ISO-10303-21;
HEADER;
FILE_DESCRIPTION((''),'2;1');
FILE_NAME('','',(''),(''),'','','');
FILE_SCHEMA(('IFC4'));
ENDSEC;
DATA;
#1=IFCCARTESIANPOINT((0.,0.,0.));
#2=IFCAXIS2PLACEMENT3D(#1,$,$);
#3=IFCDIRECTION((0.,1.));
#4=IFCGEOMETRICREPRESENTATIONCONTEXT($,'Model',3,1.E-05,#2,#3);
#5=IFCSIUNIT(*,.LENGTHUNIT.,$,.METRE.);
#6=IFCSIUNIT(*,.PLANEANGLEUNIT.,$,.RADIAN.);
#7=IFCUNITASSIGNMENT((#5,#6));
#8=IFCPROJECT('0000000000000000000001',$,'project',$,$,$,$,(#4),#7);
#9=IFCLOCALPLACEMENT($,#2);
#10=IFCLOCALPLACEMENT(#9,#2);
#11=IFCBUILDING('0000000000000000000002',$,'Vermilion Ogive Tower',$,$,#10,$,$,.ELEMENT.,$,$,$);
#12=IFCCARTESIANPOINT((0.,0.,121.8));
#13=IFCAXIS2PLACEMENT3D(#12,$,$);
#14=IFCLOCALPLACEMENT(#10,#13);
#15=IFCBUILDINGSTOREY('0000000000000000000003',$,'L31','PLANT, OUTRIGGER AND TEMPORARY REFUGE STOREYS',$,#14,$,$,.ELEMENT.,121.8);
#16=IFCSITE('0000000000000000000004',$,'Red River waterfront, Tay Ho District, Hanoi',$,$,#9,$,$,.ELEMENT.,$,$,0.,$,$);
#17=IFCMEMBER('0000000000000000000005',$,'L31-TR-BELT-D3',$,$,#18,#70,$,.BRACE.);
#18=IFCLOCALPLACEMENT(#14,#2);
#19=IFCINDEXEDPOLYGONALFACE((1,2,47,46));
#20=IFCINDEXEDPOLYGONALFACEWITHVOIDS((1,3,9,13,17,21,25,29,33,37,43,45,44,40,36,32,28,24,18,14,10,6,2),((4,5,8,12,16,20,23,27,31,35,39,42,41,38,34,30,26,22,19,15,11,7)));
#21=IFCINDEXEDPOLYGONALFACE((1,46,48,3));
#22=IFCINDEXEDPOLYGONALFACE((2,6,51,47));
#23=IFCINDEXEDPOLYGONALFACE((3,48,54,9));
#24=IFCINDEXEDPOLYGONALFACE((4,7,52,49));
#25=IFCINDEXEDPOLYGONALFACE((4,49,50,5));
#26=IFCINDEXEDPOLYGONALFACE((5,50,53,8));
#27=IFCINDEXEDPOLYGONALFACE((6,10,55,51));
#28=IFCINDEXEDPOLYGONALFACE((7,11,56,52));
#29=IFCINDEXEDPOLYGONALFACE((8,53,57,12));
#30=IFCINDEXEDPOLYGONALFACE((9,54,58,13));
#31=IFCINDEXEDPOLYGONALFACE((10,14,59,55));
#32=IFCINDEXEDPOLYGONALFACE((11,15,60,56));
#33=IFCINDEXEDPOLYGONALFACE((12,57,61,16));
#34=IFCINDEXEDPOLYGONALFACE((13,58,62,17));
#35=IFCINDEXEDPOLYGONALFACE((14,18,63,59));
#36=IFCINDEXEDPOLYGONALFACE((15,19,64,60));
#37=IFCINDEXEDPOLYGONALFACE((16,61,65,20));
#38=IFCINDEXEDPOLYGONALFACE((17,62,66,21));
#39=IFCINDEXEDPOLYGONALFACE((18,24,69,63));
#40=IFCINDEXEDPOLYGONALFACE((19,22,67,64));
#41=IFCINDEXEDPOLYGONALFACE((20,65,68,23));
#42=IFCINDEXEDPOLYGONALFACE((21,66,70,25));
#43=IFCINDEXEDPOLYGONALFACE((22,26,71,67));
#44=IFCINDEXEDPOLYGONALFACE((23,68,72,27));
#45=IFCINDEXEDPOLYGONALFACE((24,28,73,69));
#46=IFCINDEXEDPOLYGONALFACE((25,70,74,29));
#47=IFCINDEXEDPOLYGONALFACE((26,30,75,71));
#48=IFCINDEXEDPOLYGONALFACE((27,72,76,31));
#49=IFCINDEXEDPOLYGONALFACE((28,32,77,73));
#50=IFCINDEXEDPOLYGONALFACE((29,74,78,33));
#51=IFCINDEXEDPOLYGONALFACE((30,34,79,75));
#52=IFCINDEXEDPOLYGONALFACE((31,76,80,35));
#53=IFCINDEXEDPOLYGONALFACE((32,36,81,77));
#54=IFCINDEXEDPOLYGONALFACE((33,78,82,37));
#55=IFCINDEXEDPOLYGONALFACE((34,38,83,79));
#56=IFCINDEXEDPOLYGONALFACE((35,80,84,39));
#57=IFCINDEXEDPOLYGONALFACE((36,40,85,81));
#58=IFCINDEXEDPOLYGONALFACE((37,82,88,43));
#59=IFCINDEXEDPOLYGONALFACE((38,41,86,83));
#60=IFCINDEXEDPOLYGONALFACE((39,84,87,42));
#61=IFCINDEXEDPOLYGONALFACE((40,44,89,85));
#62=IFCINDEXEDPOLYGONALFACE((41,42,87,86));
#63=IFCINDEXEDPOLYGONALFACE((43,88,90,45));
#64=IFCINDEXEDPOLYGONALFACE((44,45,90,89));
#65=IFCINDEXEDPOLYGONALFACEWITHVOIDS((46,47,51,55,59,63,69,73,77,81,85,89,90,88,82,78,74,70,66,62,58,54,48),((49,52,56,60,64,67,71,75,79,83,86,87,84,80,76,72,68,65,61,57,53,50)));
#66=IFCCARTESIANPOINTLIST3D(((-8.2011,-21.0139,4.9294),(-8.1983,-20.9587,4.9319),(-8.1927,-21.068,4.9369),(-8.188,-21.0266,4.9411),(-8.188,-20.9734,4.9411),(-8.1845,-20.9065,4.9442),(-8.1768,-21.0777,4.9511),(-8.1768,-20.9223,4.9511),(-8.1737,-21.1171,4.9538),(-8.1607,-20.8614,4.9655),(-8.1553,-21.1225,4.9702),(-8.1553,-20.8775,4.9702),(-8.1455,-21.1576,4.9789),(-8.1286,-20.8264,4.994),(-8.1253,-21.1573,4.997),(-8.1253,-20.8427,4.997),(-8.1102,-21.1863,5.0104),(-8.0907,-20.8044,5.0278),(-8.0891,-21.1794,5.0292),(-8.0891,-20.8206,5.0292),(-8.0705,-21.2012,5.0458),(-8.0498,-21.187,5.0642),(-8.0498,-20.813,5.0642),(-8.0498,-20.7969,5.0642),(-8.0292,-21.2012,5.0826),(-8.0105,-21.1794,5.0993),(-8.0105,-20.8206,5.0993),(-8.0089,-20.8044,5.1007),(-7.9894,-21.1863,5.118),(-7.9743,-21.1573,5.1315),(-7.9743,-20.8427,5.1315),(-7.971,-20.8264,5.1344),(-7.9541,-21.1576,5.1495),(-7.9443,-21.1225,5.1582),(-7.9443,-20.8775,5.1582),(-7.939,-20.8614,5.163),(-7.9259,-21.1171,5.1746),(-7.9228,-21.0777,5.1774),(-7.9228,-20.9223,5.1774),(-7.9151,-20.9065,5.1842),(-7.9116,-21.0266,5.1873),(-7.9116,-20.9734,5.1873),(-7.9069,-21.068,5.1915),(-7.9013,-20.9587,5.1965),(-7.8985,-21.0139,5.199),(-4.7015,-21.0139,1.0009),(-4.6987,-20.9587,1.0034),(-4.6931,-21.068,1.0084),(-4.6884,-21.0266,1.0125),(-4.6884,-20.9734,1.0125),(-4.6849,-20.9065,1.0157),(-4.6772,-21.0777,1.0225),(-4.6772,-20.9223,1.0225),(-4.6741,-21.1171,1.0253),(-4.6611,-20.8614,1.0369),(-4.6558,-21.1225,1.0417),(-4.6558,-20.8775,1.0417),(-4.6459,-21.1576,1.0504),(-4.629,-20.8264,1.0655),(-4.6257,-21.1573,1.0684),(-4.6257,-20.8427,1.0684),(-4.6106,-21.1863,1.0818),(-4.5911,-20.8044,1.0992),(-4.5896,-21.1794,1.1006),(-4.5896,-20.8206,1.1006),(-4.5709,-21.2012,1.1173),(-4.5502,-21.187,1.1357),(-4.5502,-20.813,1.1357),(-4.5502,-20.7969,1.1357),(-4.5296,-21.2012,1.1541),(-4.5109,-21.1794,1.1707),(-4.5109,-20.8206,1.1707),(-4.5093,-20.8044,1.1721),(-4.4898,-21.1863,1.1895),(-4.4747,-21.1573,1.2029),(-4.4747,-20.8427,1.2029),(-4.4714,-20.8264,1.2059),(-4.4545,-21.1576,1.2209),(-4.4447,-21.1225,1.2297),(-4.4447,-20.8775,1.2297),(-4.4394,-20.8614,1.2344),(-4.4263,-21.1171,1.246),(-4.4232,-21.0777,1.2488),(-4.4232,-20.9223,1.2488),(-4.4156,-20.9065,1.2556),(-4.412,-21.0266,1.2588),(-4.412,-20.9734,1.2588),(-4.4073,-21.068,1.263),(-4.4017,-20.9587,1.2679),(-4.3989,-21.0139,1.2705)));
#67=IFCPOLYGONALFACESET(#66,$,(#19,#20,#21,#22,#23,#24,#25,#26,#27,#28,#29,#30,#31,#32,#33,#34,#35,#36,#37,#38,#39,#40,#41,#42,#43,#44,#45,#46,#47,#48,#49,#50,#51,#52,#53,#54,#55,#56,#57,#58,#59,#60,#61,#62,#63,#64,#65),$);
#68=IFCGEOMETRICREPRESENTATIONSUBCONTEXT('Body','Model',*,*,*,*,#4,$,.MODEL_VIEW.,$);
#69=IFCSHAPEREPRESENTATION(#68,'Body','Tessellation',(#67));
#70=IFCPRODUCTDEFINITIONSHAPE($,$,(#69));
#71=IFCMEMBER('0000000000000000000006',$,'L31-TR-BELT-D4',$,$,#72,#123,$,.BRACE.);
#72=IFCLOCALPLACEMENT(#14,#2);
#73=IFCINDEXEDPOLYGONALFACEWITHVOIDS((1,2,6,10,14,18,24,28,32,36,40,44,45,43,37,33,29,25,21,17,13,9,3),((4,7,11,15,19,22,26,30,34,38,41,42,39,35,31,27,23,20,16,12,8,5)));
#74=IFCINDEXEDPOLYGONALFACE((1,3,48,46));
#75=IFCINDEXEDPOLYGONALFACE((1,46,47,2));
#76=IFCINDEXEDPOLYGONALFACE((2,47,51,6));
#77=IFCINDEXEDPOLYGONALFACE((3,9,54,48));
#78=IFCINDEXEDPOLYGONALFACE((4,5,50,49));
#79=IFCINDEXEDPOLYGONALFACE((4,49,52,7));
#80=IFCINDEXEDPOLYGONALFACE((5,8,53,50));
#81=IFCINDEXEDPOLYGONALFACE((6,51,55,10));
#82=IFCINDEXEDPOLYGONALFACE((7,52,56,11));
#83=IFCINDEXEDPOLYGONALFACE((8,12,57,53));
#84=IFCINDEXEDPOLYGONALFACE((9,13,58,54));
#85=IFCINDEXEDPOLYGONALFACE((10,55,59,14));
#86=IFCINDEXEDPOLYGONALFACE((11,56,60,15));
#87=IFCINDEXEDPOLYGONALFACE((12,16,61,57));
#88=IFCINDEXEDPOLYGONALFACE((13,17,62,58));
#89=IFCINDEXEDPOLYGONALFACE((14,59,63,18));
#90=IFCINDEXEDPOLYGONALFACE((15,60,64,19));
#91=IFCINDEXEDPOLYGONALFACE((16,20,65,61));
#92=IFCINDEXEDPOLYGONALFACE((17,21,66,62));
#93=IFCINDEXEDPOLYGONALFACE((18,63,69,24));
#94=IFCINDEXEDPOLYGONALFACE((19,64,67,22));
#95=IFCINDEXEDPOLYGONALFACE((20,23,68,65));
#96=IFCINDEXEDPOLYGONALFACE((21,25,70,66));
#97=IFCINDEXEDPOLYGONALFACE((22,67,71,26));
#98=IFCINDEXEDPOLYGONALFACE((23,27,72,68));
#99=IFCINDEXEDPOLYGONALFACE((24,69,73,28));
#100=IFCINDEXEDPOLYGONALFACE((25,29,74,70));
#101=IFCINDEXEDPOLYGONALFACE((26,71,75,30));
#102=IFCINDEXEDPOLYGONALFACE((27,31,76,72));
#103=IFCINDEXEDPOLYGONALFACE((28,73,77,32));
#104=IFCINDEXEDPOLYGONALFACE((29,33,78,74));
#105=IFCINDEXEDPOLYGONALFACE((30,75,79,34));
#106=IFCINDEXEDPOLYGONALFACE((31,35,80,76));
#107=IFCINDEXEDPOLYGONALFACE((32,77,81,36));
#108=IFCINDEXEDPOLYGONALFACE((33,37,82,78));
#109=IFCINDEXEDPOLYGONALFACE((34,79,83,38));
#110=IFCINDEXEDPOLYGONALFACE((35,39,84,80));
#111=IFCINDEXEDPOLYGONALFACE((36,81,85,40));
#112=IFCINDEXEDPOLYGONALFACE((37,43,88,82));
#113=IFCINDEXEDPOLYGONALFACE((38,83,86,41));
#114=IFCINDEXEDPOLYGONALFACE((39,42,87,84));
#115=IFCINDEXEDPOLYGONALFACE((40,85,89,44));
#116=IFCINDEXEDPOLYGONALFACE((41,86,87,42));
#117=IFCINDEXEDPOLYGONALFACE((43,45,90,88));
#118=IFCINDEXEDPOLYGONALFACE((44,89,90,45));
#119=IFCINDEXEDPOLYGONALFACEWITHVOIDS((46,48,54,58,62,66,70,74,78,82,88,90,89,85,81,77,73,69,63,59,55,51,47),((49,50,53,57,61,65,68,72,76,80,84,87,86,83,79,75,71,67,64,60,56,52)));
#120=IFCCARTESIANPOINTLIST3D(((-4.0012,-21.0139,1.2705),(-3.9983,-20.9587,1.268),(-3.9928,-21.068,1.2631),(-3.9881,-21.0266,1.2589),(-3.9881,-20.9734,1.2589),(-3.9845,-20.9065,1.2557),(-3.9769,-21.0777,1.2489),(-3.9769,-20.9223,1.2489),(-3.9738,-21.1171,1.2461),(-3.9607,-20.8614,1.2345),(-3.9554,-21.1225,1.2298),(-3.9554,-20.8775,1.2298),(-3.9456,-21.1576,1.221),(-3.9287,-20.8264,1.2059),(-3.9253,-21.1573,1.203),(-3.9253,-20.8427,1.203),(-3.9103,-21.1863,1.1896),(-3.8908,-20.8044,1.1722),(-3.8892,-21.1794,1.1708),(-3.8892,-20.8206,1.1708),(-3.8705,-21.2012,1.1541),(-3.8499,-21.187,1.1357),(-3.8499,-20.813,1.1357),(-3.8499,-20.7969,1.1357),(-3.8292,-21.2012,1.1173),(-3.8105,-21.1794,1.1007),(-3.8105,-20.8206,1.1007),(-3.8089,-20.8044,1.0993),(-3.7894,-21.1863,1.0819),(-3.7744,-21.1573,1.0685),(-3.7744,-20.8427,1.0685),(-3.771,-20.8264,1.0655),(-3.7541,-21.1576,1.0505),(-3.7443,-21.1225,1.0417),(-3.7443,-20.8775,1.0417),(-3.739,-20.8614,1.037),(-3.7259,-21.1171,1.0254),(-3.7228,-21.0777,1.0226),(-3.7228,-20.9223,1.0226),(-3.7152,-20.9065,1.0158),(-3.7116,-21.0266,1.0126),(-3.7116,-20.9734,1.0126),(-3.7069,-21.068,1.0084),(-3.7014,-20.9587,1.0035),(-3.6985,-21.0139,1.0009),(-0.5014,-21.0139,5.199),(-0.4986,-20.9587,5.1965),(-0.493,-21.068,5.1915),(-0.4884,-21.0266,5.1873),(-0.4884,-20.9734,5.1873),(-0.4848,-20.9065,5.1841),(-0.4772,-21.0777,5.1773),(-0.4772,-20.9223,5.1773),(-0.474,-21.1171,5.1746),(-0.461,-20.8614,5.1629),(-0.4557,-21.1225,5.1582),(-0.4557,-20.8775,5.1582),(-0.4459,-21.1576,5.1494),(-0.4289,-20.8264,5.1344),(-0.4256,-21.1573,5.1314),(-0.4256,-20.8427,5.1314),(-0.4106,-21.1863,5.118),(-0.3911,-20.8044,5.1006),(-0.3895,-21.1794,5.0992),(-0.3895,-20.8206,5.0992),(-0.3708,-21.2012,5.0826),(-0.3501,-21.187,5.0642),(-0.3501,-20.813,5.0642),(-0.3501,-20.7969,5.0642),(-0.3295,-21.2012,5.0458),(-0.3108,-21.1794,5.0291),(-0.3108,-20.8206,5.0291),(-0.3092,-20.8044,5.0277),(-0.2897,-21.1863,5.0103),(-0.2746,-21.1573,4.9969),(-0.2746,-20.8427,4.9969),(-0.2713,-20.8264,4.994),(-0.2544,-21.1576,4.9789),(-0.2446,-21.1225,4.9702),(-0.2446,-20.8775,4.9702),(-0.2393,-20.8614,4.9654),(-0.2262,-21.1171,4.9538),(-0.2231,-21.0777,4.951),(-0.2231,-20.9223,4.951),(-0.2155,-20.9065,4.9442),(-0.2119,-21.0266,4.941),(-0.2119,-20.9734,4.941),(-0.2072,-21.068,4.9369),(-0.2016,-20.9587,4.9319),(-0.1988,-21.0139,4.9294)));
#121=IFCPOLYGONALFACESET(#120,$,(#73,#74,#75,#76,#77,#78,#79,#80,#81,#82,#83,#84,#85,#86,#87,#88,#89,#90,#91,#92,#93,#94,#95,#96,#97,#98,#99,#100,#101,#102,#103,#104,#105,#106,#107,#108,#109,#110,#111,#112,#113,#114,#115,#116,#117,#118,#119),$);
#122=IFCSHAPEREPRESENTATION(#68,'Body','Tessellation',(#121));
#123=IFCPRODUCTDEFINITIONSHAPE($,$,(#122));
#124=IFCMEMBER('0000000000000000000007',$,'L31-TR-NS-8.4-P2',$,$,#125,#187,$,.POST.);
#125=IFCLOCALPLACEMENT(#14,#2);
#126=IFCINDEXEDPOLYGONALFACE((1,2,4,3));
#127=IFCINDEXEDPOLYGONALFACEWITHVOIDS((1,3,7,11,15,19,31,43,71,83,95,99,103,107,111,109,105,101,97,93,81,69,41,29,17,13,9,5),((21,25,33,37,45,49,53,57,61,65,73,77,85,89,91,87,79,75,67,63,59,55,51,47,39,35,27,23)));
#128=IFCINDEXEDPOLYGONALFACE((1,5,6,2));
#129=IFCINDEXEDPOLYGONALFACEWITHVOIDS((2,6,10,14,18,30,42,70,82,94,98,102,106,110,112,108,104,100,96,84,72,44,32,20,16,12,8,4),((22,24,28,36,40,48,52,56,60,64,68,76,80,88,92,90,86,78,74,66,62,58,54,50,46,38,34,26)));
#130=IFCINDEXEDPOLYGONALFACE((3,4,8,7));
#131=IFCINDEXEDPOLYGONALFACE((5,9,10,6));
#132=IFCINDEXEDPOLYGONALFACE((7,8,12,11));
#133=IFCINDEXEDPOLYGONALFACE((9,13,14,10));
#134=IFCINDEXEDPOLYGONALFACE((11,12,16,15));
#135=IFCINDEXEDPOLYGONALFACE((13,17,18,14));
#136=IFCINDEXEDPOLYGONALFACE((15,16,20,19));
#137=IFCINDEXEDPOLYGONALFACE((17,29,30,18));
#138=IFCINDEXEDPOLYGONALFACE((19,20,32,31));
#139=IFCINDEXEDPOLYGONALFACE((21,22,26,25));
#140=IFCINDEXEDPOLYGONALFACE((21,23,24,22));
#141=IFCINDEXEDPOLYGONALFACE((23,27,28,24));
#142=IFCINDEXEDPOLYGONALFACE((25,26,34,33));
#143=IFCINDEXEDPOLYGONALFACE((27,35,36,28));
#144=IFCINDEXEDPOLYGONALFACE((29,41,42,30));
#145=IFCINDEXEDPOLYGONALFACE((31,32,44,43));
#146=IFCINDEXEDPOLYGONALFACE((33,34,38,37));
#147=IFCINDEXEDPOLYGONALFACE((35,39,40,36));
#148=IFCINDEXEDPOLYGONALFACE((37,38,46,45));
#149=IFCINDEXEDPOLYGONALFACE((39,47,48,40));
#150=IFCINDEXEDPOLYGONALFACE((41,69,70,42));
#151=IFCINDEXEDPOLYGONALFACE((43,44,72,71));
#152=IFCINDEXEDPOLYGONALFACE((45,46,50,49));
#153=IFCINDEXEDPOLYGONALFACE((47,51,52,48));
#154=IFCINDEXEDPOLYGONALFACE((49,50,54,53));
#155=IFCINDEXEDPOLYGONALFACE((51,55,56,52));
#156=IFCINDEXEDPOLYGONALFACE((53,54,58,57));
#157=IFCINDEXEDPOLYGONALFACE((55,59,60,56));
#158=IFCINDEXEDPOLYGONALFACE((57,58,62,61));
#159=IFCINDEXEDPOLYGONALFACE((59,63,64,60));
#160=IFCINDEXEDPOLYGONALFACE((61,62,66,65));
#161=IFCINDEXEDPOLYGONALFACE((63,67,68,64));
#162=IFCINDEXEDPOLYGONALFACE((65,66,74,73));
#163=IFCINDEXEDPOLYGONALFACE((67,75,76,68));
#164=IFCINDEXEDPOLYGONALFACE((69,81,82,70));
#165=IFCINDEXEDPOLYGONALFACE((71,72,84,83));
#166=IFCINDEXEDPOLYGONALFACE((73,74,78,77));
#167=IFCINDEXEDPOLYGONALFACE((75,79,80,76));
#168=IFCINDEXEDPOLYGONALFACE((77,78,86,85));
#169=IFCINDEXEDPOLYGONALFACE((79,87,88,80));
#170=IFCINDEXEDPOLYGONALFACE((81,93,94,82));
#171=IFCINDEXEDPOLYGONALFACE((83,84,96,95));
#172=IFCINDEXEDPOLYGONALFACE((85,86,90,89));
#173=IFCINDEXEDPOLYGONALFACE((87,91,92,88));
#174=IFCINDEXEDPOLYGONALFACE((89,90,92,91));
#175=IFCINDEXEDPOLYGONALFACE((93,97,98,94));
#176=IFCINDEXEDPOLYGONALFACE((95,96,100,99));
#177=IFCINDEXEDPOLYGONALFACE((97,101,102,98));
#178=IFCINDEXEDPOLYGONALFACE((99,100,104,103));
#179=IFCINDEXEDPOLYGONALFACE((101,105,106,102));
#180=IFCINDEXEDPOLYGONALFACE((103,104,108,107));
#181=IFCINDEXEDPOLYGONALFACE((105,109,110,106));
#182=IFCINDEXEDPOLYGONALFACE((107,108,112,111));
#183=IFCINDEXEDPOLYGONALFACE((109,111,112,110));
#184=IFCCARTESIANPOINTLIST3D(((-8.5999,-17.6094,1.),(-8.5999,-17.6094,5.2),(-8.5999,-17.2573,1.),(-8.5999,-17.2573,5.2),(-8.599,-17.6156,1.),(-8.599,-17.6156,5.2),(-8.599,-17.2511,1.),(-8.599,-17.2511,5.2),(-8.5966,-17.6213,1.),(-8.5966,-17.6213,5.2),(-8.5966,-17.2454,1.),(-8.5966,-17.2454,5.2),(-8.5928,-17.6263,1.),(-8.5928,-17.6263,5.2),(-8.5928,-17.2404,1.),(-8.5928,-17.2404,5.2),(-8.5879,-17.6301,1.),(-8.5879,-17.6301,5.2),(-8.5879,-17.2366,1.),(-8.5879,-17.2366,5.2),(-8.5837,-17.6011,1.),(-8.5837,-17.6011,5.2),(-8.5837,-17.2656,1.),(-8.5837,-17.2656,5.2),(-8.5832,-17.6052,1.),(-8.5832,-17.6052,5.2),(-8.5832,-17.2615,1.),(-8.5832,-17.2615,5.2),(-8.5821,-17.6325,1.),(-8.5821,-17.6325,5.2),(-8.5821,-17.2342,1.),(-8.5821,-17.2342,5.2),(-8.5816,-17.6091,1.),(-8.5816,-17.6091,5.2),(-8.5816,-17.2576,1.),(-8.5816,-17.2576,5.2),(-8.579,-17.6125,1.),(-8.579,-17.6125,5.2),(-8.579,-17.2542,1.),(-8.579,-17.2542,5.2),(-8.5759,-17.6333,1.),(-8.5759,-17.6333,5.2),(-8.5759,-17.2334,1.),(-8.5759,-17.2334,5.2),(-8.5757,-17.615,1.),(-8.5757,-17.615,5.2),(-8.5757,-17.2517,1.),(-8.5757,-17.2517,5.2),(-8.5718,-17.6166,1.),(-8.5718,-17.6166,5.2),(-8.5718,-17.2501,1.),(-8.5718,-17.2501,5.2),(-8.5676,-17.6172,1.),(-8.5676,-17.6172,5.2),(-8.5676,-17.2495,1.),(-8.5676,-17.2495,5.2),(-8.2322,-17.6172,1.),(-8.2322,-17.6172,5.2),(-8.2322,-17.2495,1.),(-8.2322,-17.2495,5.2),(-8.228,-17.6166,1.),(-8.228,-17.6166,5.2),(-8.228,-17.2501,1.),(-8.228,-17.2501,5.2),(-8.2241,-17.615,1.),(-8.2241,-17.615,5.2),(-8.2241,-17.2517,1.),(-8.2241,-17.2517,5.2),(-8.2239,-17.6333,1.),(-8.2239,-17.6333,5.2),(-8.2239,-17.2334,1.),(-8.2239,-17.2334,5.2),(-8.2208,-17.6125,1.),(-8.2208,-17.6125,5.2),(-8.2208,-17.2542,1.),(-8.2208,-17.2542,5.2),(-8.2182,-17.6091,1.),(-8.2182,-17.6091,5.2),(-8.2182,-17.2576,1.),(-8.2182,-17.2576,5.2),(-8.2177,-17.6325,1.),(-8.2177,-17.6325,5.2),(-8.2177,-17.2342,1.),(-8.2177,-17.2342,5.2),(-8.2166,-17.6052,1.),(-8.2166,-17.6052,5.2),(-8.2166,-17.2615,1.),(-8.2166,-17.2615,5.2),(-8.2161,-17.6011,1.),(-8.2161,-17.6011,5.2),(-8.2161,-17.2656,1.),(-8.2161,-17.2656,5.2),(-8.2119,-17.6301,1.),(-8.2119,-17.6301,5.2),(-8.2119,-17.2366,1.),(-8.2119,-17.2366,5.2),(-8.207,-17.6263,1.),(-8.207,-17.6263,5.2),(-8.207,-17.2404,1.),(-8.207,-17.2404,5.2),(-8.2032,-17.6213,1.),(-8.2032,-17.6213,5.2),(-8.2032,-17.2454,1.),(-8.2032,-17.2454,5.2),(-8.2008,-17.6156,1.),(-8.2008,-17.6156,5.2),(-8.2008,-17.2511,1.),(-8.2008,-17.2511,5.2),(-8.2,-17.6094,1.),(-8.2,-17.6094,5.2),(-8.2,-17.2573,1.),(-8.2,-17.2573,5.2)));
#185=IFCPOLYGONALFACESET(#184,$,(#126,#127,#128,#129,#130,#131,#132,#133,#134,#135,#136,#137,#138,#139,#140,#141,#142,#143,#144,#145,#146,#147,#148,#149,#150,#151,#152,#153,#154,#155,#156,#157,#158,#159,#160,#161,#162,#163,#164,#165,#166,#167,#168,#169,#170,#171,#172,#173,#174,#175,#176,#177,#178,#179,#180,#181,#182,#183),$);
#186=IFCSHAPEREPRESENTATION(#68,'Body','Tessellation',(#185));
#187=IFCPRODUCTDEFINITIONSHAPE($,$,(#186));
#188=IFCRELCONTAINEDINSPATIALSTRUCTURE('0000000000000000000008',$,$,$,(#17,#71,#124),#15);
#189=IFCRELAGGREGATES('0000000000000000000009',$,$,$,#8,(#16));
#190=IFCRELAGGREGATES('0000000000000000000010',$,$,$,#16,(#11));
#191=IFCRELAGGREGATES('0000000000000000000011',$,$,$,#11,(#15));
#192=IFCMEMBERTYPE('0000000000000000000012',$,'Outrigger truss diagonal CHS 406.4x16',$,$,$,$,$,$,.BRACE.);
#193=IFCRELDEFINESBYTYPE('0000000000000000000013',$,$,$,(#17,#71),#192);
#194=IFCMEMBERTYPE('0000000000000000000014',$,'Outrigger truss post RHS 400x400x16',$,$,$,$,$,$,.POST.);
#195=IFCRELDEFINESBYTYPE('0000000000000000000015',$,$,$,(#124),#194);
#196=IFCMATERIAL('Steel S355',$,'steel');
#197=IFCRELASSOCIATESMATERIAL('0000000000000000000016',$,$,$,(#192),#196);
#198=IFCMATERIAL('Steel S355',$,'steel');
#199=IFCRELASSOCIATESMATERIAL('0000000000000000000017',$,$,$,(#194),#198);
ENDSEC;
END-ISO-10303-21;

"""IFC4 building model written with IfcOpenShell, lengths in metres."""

from ifc_helpers import new_model, si_unit, direction, frame, origin, origin_2d, place, context, subcontext, project, spatial, hollow_rectangle, hollow_circle, extrude, material, material_profile, profile_set, type_object, element, save


model = new_model("IFC4")

# Units and contexts
model_context = context("Model", 3, precision=1e-05, world=origin(), true_north=direction((0.0, 1.0)))
body_context = subcontext(model_context, "Body", "Model", "MODEL_VIEW")
ifc_project = project(units=[si_unit("LENGTHUNIT", "METRE"), si_unit("PLANEANGLEUNIT", "RADIAN")], contexts=[model_context])

# Site, building, storey
site_placement = place(None, origin())
site = spatial("IfcSite", under=ifc_project, at=site_placement, Name="Red River waterfront, Tay Ho District, Hanoi", CompositionType="ELEMENT", RefElevation=0.0)
building_placement = place(site_placement, origin())
building = spatial("IfcBuilding", under=site, at=building_placement, Name="Vermilion Ogive Tower", CompositionType="ELEMENT")
storey_placement = place(building_placement, frame((0.0, 0.0, 121.8)))
storey = spatial("IfcBuildingStorey", under=building, at=storey_placement, Name="L31", Description="PLANT, OUTRIGGER AND TEMPORARY REFUGE STOREYS", CompositionType="ELEMENT", Elevation=121.8)

# Members
ifc_material_1 = material(Name="Steel S355", Category="steel")
ifc_material_profile_1 = material_profile(ifc_material_1, hollow_circle(Radius=0.2031, WallThickness=0.0161, at=origin_2d()), Name="CHS 406.4x16")
ifc_profile_set_1 = profile_set([ifc_material_profile_1], Name="Steel S355")
member_type_1 = type_object("IfcMemberType", Name="Outrigger truss diagonal CHS 406.4x16", PredefinedType="BRACE", material=ifc_profile_set_1)
for number, where, z_axis, x_axis, name in (
    (1, (-8.0498, -21.0, 5.0642), (0.665164, 0.0, -0.746697), (0.0, 1.0, 0.0), "L31-TR-BELT-D3"),
    (2, (-3.8499, -21.0, 1.1357), (0.66519, 0.0, 0.746674), (0.0, 1.0, 0.0), "L31-TR-BELT-D4"),
):
    element("IfcMember", number, at=place(storey_placement, frame(where, z_axis=z_axis, x_axis=x_axis)), inside=storey, type_object=member_type_1, Name=name, PredefinedType="BRACE", context=body_context, shape_type="SweptSolid", body=[
        extrude(hollow_circle(Radius=0.2031, WallThickness=0.0161, at=origin_2d()), origin(), (0.0, 0.0, 1.0), 5.2612),
    ])
ifc_material_2 = material(Name="Steel S355", Category="steel")
ifc_material_profile_2 = material_profile(ifc_material_2, hollow_rectangle(XDim=0.3999, YDim=0.3999, WallThickness=0.0161, InnerFilletRadius=0.0161, OuterFilletRadius=0.0239, at=origin_2d()), Name="RHS 400x400x16")
ifc_profile_set_2 = profile_set([ifc_material_profile_2], Name="Steel S355")
member_type_2 = type_object("IfcMemberType", Name="Outrigger truss post RHS 400x400x16", PredefinedType="POST", material=ifc_profile_set_2)
for number, where, z_axis, x_axis, name in (
    (3, (-8.3999, -17.4333, 1.0), (0.0, 0.0, 1.0), (1.0, 0.0, 0.0), "L31-TR-NS-8.4-P2"),
):
    element("IfcMember", number, at=place(storey_placement, frame(where, z_axis=z_axis, x_axis=x_axis)), inside=storey, type_object=member_type_2, Name=name, PredefinedType="POST", context=body_context, shape_type="SweptSolid", body=[
        extrude(hollow_rectangle(XDim=0.3999, YDim=0.3999, WallThickness=0.0161, InnerFilletRadius=0.0161, OuterFilletRadius=0.0239, at=origin_2d()), origin(), (0.0, 0.0, 1.0), 4.2),
    ])

save(model, "model.ifc")
